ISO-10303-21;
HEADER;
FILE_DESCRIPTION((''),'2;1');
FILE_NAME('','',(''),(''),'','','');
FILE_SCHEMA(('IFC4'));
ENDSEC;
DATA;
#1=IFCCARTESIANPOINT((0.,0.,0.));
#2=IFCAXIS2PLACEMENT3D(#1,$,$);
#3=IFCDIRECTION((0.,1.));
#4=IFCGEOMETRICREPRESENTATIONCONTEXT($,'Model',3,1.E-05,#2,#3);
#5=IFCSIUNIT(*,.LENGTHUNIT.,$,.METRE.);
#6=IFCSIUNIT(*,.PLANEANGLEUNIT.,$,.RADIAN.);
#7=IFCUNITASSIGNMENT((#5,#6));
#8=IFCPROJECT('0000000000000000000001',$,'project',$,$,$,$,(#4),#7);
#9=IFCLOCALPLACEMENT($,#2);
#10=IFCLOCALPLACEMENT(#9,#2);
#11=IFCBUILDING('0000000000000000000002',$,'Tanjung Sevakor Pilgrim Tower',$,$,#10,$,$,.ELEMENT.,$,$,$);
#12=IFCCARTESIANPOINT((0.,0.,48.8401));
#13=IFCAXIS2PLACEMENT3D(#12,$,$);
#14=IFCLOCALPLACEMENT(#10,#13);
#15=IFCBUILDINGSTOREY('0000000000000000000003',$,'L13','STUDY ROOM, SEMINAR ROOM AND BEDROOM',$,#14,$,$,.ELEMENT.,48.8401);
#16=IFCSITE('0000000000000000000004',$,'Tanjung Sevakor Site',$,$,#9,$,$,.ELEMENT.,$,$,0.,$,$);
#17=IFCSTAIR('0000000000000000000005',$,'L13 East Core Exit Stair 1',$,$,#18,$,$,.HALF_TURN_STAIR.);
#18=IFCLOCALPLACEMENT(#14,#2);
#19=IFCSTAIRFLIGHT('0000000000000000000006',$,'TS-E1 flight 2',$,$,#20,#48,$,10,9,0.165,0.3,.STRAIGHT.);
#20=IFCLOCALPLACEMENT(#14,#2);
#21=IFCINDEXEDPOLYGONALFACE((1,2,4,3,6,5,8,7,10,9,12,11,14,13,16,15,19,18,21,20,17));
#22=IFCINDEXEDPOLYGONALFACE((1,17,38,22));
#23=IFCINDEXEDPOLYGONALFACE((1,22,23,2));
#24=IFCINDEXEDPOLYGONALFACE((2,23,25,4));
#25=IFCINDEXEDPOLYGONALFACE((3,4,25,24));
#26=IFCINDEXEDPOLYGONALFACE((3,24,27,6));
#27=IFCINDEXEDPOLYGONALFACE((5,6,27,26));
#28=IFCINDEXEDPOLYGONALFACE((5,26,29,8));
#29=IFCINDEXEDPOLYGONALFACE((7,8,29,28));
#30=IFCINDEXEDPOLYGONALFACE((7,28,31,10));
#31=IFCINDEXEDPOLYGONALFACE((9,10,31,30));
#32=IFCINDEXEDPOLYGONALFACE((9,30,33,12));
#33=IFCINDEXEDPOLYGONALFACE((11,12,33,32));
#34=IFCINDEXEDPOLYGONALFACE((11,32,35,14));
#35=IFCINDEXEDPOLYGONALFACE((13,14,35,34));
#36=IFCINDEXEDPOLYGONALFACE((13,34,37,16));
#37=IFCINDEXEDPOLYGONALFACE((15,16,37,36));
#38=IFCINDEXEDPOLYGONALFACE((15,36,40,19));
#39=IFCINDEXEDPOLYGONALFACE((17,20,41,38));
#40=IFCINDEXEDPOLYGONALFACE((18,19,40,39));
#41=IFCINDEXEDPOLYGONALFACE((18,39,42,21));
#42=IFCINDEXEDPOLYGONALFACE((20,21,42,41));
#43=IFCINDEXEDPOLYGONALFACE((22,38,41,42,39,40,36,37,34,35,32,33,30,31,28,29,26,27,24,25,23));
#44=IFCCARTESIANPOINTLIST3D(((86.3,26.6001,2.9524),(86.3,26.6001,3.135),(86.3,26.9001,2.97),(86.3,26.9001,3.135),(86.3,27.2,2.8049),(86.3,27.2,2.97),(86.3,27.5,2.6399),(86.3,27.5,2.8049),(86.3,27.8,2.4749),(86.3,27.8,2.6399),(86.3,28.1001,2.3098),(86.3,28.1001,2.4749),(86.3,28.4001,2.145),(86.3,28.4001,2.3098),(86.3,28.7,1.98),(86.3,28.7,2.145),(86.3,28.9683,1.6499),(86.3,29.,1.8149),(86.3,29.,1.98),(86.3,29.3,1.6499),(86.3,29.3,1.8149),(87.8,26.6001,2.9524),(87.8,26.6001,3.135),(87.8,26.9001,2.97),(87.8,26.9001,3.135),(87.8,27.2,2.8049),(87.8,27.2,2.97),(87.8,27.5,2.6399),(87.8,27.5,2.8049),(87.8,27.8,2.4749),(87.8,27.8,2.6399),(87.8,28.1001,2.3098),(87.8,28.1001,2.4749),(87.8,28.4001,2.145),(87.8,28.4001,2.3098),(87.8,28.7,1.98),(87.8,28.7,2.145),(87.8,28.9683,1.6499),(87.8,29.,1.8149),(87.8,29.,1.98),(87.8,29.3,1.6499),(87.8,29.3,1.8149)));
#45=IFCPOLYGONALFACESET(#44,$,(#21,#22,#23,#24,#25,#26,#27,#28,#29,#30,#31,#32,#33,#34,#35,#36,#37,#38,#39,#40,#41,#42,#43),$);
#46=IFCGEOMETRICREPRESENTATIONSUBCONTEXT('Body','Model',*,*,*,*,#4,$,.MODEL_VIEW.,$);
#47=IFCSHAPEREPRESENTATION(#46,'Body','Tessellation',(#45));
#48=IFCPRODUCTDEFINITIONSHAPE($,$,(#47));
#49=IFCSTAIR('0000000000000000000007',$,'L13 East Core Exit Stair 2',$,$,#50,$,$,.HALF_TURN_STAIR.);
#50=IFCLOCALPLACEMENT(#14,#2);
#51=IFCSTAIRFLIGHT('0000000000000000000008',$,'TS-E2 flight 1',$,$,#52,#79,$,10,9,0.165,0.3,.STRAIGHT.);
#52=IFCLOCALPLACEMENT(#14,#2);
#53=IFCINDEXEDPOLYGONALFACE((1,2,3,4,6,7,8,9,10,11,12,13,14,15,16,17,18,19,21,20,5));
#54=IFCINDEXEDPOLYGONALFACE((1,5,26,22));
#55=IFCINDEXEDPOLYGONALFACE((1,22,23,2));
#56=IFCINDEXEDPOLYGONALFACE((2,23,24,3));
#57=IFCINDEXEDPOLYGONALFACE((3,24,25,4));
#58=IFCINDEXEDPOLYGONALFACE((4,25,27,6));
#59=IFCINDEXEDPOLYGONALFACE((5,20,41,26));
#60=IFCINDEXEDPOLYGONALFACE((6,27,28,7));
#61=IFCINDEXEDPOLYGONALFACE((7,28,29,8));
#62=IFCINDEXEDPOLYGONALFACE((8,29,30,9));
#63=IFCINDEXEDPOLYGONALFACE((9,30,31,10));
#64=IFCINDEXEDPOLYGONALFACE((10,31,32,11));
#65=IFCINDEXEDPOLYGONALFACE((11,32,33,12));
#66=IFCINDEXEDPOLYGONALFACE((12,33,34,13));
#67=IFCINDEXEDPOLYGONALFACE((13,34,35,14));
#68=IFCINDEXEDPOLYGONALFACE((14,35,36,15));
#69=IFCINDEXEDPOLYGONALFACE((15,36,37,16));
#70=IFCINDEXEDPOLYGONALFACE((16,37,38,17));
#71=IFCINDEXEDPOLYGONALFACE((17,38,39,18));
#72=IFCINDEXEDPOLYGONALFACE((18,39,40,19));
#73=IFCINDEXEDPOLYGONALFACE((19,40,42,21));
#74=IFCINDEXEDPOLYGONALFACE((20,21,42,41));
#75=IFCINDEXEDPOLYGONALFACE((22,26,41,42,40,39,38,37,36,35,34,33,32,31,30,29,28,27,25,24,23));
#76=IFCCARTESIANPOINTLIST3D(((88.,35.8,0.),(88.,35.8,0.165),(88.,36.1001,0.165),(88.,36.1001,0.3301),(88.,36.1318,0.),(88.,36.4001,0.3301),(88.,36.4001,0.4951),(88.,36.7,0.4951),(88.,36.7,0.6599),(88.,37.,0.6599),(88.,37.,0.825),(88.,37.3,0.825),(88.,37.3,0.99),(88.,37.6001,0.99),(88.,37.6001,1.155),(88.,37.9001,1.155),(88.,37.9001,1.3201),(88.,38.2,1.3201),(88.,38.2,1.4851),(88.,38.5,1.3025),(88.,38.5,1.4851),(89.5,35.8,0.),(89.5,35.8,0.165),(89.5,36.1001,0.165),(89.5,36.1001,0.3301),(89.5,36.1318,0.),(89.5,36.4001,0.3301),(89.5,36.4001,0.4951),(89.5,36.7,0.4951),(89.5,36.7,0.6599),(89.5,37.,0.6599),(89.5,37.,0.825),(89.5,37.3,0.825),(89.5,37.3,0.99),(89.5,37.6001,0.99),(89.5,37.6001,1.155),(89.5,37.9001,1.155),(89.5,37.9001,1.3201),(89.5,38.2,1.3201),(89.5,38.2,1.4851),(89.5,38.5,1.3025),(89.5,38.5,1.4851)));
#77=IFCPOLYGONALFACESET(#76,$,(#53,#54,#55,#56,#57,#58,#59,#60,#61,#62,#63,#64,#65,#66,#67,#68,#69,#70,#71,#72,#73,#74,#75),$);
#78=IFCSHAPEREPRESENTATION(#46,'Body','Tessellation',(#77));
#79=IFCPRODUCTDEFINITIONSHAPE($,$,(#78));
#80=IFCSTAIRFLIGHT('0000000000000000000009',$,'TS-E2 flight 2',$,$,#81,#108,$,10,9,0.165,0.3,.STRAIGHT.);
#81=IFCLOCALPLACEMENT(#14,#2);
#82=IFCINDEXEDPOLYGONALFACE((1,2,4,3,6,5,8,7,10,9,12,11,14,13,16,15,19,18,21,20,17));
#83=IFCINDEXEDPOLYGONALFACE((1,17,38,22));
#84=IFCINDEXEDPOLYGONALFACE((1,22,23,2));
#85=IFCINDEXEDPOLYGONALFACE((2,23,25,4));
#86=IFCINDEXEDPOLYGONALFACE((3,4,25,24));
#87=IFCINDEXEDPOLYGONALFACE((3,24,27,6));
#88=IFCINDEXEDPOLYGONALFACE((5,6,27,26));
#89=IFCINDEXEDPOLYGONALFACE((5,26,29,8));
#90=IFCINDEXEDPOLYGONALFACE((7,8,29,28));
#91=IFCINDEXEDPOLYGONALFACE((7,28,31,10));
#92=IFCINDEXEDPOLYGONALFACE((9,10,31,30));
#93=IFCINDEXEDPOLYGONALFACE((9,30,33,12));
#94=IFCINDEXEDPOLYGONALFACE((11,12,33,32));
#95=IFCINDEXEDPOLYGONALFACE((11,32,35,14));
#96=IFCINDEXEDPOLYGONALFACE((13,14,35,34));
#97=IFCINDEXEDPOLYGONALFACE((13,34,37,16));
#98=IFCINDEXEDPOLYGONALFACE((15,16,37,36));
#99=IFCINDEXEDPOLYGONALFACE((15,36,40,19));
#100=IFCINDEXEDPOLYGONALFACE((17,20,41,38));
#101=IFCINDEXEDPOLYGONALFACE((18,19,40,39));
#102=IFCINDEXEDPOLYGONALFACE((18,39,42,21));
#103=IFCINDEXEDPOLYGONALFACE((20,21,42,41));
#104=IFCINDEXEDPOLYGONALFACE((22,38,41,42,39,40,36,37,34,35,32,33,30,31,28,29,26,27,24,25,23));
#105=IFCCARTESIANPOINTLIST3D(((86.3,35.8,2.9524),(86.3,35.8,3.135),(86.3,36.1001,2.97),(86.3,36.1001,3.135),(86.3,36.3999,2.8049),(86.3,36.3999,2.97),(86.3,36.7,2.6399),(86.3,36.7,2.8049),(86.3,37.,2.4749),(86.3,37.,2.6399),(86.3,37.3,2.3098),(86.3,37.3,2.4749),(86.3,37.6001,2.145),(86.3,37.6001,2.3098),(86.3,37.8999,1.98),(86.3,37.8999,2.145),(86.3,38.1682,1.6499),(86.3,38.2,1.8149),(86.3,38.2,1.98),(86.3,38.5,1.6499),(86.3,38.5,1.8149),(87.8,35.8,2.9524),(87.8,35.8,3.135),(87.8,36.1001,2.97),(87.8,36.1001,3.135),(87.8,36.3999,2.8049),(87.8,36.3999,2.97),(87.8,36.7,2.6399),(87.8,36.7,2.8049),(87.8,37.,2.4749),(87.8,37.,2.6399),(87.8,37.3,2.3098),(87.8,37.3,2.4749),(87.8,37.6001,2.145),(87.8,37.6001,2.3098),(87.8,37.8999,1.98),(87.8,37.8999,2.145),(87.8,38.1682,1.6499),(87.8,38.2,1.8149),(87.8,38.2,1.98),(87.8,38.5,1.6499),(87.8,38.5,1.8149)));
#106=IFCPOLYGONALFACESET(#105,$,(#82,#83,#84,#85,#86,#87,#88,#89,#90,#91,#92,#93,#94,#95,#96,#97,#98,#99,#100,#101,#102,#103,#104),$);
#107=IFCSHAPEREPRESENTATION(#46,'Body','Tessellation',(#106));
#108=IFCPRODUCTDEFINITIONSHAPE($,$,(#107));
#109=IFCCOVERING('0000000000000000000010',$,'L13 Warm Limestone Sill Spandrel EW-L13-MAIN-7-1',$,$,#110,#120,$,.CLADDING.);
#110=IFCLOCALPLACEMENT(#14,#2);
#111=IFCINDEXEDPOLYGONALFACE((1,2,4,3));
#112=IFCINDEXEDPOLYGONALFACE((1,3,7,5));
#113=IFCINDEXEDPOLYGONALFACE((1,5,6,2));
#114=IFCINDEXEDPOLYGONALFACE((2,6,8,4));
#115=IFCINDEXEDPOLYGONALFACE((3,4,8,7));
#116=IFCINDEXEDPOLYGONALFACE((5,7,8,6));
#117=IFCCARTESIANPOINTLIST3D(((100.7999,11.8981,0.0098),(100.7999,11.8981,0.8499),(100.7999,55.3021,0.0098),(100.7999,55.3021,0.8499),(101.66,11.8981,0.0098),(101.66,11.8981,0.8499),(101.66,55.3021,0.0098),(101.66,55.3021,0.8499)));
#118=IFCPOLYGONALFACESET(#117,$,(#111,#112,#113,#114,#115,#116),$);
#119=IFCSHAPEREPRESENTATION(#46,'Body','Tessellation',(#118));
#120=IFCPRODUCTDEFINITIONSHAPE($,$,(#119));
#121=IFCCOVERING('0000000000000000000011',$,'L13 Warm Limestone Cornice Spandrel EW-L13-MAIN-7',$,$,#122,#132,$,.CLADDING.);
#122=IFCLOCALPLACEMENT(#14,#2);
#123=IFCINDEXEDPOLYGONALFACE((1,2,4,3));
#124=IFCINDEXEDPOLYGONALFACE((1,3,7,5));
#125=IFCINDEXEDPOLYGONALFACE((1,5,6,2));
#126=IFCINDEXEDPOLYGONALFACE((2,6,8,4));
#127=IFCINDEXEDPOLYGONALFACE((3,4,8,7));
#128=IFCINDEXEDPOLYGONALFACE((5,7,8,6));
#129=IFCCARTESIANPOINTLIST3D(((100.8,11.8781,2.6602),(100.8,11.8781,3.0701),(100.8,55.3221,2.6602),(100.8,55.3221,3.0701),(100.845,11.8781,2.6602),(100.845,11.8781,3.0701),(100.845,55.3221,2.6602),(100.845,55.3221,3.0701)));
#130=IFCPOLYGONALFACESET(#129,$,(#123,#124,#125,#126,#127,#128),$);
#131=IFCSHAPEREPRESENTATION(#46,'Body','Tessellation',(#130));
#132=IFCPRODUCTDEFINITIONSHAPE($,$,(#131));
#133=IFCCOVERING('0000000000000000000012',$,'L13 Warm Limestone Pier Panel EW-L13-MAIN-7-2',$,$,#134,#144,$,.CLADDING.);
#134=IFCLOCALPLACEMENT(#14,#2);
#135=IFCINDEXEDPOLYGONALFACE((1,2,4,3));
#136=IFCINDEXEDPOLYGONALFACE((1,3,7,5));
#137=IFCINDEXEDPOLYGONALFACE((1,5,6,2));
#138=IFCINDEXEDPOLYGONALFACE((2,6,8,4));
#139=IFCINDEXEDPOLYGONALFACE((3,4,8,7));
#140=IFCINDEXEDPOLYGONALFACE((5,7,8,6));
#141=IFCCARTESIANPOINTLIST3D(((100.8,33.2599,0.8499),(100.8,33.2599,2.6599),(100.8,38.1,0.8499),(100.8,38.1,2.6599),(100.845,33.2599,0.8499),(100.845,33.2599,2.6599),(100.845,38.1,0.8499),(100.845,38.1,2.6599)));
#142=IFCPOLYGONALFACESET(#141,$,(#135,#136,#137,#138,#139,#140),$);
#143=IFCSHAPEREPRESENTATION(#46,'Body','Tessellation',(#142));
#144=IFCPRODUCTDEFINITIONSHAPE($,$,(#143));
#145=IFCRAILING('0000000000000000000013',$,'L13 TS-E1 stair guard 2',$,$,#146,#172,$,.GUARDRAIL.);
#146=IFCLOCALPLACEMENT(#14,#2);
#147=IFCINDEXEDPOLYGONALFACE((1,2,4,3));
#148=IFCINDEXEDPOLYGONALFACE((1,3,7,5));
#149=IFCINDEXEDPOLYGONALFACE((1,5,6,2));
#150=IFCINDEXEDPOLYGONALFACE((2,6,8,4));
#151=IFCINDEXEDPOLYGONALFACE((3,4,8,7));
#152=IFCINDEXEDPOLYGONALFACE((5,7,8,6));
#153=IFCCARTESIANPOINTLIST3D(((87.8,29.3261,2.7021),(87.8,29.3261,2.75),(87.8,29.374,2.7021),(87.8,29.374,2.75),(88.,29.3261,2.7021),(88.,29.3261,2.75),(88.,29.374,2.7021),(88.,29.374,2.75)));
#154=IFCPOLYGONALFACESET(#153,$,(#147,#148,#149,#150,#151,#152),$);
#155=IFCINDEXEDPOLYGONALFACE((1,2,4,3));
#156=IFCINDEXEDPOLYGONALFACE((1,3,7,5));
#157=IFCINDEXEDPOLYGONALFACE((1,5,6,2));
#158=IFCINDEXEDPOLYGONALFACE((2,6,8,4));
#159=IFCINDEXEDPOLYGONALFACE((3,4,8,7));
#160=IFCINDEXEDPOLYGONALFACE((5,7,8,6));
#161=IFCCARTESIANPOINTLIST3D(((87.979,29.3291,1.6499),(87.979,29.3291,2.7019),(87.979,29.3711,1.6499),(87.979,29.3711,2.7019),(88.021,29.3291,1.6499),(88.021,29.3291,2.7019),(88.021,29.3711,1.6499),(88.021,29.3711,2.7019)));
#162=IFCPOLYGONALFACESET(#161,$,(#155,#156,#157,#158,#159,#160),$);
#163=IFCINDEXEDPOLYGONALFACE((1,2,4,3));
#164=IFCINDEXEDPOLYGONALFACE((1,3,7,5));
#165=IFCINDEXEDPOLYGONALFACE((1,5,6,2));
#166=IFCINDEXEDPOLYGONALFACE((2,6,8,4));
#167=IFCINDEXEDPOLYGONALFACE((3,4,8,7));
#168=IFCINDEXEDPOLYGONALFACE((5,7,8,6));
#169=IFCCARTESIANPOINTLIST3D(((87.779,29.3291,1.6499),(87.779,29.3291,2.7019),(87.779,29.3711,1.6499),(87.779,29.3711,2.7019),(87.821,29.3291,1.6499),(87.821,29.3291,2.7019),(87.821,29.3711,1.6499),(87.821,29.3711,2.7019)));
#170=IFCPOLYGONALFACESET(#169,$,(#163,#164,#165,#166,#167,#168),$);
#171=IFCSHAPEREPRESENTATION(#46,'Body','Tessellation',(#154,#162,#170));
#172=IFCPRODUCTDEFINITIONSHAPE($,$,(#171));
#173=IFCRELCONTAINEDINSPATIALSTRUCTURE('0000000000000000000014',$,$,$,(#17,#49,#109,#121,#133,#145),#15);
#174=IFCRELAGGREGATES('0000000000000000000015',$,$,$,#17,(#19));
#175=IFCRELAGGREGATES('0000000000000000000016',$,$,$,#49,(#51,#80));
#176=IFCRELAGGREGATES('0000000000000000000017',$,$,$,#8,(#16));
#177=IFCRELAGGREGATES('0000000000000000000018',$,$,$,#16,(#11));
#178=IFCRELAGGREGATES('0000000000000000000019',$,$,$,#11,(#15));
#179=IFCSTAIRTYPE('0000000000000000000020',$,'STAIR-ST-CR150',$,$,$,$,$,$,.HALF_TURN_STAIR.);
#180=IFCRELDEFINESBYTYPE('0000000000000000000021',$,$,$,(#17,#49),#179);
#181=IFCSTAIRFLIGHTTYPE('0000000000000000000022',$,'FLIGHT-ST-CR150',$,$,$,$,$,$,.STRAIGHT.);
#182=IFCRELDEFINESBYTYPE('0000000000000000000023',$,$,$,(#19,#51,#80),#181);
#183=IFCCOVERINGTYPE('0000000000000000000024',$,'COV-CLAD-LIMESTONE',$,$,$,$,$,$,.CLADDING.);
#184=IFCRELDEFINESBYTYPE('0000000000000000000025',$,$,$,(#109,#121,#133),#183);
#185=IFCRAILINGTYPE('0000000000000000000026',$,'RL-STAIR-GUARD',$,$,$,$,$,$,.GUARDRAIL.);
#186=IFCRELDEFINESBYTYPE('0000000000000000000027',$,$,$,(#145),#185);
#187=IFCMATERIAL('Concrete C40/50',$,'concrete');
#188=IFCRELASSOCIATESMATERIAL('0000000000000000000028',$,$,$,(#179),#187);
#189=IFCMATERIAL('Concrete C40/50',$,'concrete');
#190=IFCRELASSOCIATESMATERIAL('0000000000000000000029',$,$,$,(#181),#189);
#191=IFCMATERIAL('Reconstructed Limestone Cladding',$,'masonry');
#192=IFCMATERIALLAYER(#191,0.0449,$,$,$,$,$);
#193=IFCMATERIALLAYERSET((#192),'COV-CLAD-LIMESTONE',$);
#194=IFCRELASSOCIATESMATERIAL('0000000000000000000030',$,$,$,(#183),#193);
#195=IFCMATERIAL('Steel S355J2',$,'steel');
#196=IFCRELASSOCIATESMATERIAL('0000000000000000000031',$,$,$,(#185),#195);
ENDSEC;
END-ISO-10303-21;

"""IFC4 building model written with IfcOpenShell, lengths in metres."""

from ifc_helpers import new_model, si_unit, direction, frame, origin, origin_2d, place, context, subcontext, project, spatial, polyline, rectangle, outline, extrude, material, layer, layer_set, type_object, element, aggregate, save


model = new_model("IFC4")

# Units and contexts
model_context = context("Model", 3, precision=1e-05, world=origin(), true_north=direction((0.0, 1.0)))
body_context = subcontext(model_context, "Body", "Model", "MODEL_VIEW")
ifc_project = project(units=[si_unit("LENGTHUNIT", "METRE"), si_unit("PLANEANGLEUNIT", "RADIAN")], contexts=[model_context])

# Site, building, storey
site_placement = place(None, origin())
site = spatial("IfcSite", under=ifc_project, at=site_placement, Name="Tanjung Sevakor Site", CompositionType="ELEMENT", RefElevation=0.0)
building_placement = place(site_placement, origin())
building = spatial("IfcBuilding", under=site, at=building_placement, Name="Tanjung Sevakor Pilgrim Tower", CompositionType="ELEMENT")
storey_placement = place(building_placement, frame((0.0, 0.0, 48.8401)))
storey = spatial("IfcBuildingStorey", under=building, at=storey_placement, Name="L13", Description="STUDY ROOM, SEMINAR ROOM AND BEDROOM", CompositionType="ELEMENT", Elevation=48.8401)

# Stair, stair flight
ifc_material_1 = material(Name="Concrete C40/50", Category="concrete")
stair_type = type_object("IfcStairType", Name="STAIR-ST-CR150", PredefinedType="HALF_TURN_STAIR", material=ifc_material_1)
stair_1_placement = place(storey_placement, origin())
stair_1 = element("IfcStair", 1, at=stair_1_placement, inside=storey, type_object=stair_type, Name="L13 East Core Exit Stair 1", PredefinedType="HALF_TURN_STAIR")
ifc_material_2 = material(Name="Concrete C40/50", Category="concrete")
stair_flight_type = type_object("IfcStairFlightType", Name="FLIGHT-ST-CR150", PredefinedType="STRAIGHT", material=ifc_material_2)
stair_flight_1_placement = place(storey_placement, frame((87.05, 29.3, 1.6499), z_axis=(0.0, 0.0, 1.0), x_axis=(0.0, -1.0, 0.0)))
stair_flight_1 = element("IfcStairFlight", 2, at=stair_flight_1_placement, type_object=stair_flight_type, Name="TS-E1 flight 2", NumberOfRisers=10, NumberOfTreads=9, PredefinedType="STRAIGHT", RiserHeight=0.165, TreadLength=0.3, context=body_context, shape_type="SweptSolid", body=[
    extrude(outline(polyline([(0.0, 0.0), (0.0, 0.165), (0.3, 0.165), (0.3, 0.3301), (0.6001, 0.3301), (0.6001, 0.4951), (0.8999, 0.4951), (0.8999, 0.6599), (1.2, 0.6599), (1.2, 0.825), (1.5, 0.825), (1.5, 0.99), (1.8, 0.99), (1.8, 1.155), (2.1001, 1.155), (2.1001, 1.3201), (2.3999, 1.3201), (2.3999, 1.4851), (2.7, 1.4851), (2.7, 1.6499), (2.7, 1.3025), (0.3318, 0.0), (0.0, 0.0)])), frame((0.0, 0.75, 0.0), z_axis=(0.0, -1.0, 0.0), x_axis=(1.0, 0.0, 0.0)), (0.0, 0.0, 1.0), 1.5),
])
aggregate(stair_1, [stair_flight_1])

# Stair, stair flights
stair_2_placement = place(storey_placement, origin())
stair_2 = element("IfcStair", 3, at=stair_2_placement, inside=storey, type_object=stair_type, Name="L13 East Core Exit Stair 2", PredefinedType="HALF_TURN_STAIR")
stair_flight_2_placement = place(storey_placement, frame((88.75, 35.8, 0.0), z_axis=(0.0, 0.0, 1.0), x_axis=(0.0, 1.0, 0.0)))
stair_flight_2 = element("IfcStairFlight", 4, at=stair_flight_2_placement, type_object=stair_flight_type, Name="TS-E2 flight 1", NumberOfRisers=10, NumberOfTreads=9, PredefinedType="STRAIGHT", RiserHeight=0.165, TreadLength=0.3, context=body_context, shape_type="SweptSolid", body=[
    extrude(outline(polyline([(0.0, 0.0), (0.0, 0.165), (0.3, 0.165), (0.3, 0.3301), (0.6001, 0.3301), (0.6001, 0.4951), (0.8999, 0.4951), (0.8999, 0.6599), (1.2, 0.6599), (1.2, 0.825), (1.5, 0.825), (1.5, 0.99), (1.8, 0.99), (1.8, 1.155), (2.1001, 1.155), (2.1001, 1.3201), (2.3999, 1.3201), (2.3999, 1.4851), (2.7, 1.4851), (2.7, 1.6499), (2.7, 1.3025), (0.3318, 0.0), (0.0, 0.0)])), frame((0.0, 0.75, 0.0), z_axis=(0.0, -1.0, 0.0), x_axis=(1.0, 0.0, 0.0)), (0.0, 0.0, 1.0), 1.5),
])
stair_flight_3_placement = place(storey_placement, frame((87.05, 38.5, 1.6499), z_axis=(0.0, 0.0, 1.0), x_axis=(0.0, -1.0, 0.0)))
stair_flight_3 = element("IfcStairFlight", 5, at=stair_flight_3_placement, type_object=stair_flight_type, Name="TS-E2 flight 2", NumberOfRisers=10, NumberOfTreads=9, PredefinedType="STRAIGHT", RiserHeight=0.165, TreadLength=0.3, context=body_context, shape_type="SweptSolid", body=[
    extrude(outline(polyline([(0.0, 0.0), (0.0, 0.165), (0.3, 0.165), (0.3, 0.3301), (0.6001, 0.3301), (0.6001, 0.4951), (0.8999, 0.4951), (0.8999, 0.6599), (1.2, 0.6599), (1.2, 0.825), (1.5, 0.825), (1.5, 0.99), (1.8, 0.99), (1.8, 1.155), (2.1001, 1.155), (2.1001, 1.3201), (2.3999, 1.3201), (2.3999, 1.4851), (2.7, 1.4851), (2.7, 1.6499), (2.7, 1.3025), (0.3318, 0.0), (0.0, 0.0)])), frame((0.0, 0.75, 0.0), z_axis=(0.0, -1.0, 0.0), x_axis=(1.0, 0.0, 0.0)), (0.0, 0.0, 1.0), 1.5),
])
aggregate(stair_2, [stair_flight_2, stair_flight_3])

# Coverings
ifc_material_3 = material(Name="Reconstructed Limestone Cladding", Category="masonry")
ifc_layer_1 = layer(ifc_material_3, 0.0449)
ifc_layer_set_1 = layer_set([ifc_layer_1], Name="COV-CLAD-LIMESTONE")
covering_type = type_object("IfcCoveringType", Name="COV-CLAD-LIMESTONE", PredefinedType="CLADDING", material=ifc_layer_set_1)
covering_1_placement = place(storey_placement, frame((101.23, 33.6001, 0.0098), z_axis=(0.0, 0.0, 1.0), x_axis=(0.0, 1.0, 0.0)))
element("IfcCovering", 6, at=covering_1_placement, inside=storey, type_object=covering_type, Name="L13 Warm Limestone Sill Spandrel EW-L13-MAIN-7-1", PredefinedType="CLADDING", context=body_context, shape_type="SweptSolid", body=[
    extrude(rectangle(XDim=43.4041, YDim=0.8601, at=origin_2d()), origin(), (0.0, 0.0, 1.0), 0.8401),
])
covering_2_placement = place(storey_placement, frame((100.8225, 33.6001, 2.6602), z_axis=(0.0, 0.0, 1.0), x_axis=(0.0, 1.0, 0.0)))
element("IfcCovering", 7, at=covering_2_placement, inside=storey, type_object=covering_type, Name="L13 Warm Limestone Cornice Spandrel EW-L13-MAIN-7", PredefinedType="CLADDING", context=body_context, shape_type="SweptSolid", body=[
    extrude(rectangle(XDim=43.4441, YDim=0.0449, at=origin_2d()), origin(), (0.0, 0.0, 1.0), 0.4099),
])
covering_3_placement = place(storey_placement, frame((100.8225, 35.6799, 0.8499), z_axis=(0.0, 0.0, 1.0), x_axis=(0.0, 1.0, 0.0)))
element("IfcCovering", 8, at=covering_3_placement, inside=storey, type_object=covering_type, Name="L13 Warm Limestone Pier Panel EW-L13-MAIN-7-2", PredefinedType="CLADDING", context=body_context, shape_type="SweptSolid", body=[
    extrude(rectangle(XDim=4.8401, YDim=0.0449, at=origin_2d()), origin(), (0.0, 0.0, 1.0), 1.8101),
])

# Railing
ifc_material_4 = material(Name="Steel S355J2", Category="steel")
railing_type_1 = type_object("IfcRailingType", Name="RL-STAIR-GUARD", PredefinedType="GUARDRAIL", material=ifc_material_4)
railing_1_placement = place(storey_placement, frame((88.0, 29.3501, 1.6499)))
element("IfcRailing", 9, at=railing_1_placement, inside=storey, type_object=railing_type_1, Name="L13 TS-E1 stair guard 2", PredefinedType="GUARDRAIL", context=body_context, shape_type="SweptSolid", body=[
    extrude(rectangle(XDim=0.0479, YDim=0.0479), frame((0.0, 0.0, 1.0762), z_axis=(-1.0, 0.0, 0.0), x_axis=(0.0, -1.0, 0.0)), (0.0, 0.0, 1.0), 0.2),
    extrude(rectangle(XDim=0.042, YDim=0.042), origin(), (0.0, 0.0, 1.0), 1.052),
    extrude(rectangle(XDim=0.042, YDim=0.042), frame((-0.2, 0.0, 0.0)), (0.0, 0.0, 1.0), 1.052),
])

save(model, "model.ifc")
